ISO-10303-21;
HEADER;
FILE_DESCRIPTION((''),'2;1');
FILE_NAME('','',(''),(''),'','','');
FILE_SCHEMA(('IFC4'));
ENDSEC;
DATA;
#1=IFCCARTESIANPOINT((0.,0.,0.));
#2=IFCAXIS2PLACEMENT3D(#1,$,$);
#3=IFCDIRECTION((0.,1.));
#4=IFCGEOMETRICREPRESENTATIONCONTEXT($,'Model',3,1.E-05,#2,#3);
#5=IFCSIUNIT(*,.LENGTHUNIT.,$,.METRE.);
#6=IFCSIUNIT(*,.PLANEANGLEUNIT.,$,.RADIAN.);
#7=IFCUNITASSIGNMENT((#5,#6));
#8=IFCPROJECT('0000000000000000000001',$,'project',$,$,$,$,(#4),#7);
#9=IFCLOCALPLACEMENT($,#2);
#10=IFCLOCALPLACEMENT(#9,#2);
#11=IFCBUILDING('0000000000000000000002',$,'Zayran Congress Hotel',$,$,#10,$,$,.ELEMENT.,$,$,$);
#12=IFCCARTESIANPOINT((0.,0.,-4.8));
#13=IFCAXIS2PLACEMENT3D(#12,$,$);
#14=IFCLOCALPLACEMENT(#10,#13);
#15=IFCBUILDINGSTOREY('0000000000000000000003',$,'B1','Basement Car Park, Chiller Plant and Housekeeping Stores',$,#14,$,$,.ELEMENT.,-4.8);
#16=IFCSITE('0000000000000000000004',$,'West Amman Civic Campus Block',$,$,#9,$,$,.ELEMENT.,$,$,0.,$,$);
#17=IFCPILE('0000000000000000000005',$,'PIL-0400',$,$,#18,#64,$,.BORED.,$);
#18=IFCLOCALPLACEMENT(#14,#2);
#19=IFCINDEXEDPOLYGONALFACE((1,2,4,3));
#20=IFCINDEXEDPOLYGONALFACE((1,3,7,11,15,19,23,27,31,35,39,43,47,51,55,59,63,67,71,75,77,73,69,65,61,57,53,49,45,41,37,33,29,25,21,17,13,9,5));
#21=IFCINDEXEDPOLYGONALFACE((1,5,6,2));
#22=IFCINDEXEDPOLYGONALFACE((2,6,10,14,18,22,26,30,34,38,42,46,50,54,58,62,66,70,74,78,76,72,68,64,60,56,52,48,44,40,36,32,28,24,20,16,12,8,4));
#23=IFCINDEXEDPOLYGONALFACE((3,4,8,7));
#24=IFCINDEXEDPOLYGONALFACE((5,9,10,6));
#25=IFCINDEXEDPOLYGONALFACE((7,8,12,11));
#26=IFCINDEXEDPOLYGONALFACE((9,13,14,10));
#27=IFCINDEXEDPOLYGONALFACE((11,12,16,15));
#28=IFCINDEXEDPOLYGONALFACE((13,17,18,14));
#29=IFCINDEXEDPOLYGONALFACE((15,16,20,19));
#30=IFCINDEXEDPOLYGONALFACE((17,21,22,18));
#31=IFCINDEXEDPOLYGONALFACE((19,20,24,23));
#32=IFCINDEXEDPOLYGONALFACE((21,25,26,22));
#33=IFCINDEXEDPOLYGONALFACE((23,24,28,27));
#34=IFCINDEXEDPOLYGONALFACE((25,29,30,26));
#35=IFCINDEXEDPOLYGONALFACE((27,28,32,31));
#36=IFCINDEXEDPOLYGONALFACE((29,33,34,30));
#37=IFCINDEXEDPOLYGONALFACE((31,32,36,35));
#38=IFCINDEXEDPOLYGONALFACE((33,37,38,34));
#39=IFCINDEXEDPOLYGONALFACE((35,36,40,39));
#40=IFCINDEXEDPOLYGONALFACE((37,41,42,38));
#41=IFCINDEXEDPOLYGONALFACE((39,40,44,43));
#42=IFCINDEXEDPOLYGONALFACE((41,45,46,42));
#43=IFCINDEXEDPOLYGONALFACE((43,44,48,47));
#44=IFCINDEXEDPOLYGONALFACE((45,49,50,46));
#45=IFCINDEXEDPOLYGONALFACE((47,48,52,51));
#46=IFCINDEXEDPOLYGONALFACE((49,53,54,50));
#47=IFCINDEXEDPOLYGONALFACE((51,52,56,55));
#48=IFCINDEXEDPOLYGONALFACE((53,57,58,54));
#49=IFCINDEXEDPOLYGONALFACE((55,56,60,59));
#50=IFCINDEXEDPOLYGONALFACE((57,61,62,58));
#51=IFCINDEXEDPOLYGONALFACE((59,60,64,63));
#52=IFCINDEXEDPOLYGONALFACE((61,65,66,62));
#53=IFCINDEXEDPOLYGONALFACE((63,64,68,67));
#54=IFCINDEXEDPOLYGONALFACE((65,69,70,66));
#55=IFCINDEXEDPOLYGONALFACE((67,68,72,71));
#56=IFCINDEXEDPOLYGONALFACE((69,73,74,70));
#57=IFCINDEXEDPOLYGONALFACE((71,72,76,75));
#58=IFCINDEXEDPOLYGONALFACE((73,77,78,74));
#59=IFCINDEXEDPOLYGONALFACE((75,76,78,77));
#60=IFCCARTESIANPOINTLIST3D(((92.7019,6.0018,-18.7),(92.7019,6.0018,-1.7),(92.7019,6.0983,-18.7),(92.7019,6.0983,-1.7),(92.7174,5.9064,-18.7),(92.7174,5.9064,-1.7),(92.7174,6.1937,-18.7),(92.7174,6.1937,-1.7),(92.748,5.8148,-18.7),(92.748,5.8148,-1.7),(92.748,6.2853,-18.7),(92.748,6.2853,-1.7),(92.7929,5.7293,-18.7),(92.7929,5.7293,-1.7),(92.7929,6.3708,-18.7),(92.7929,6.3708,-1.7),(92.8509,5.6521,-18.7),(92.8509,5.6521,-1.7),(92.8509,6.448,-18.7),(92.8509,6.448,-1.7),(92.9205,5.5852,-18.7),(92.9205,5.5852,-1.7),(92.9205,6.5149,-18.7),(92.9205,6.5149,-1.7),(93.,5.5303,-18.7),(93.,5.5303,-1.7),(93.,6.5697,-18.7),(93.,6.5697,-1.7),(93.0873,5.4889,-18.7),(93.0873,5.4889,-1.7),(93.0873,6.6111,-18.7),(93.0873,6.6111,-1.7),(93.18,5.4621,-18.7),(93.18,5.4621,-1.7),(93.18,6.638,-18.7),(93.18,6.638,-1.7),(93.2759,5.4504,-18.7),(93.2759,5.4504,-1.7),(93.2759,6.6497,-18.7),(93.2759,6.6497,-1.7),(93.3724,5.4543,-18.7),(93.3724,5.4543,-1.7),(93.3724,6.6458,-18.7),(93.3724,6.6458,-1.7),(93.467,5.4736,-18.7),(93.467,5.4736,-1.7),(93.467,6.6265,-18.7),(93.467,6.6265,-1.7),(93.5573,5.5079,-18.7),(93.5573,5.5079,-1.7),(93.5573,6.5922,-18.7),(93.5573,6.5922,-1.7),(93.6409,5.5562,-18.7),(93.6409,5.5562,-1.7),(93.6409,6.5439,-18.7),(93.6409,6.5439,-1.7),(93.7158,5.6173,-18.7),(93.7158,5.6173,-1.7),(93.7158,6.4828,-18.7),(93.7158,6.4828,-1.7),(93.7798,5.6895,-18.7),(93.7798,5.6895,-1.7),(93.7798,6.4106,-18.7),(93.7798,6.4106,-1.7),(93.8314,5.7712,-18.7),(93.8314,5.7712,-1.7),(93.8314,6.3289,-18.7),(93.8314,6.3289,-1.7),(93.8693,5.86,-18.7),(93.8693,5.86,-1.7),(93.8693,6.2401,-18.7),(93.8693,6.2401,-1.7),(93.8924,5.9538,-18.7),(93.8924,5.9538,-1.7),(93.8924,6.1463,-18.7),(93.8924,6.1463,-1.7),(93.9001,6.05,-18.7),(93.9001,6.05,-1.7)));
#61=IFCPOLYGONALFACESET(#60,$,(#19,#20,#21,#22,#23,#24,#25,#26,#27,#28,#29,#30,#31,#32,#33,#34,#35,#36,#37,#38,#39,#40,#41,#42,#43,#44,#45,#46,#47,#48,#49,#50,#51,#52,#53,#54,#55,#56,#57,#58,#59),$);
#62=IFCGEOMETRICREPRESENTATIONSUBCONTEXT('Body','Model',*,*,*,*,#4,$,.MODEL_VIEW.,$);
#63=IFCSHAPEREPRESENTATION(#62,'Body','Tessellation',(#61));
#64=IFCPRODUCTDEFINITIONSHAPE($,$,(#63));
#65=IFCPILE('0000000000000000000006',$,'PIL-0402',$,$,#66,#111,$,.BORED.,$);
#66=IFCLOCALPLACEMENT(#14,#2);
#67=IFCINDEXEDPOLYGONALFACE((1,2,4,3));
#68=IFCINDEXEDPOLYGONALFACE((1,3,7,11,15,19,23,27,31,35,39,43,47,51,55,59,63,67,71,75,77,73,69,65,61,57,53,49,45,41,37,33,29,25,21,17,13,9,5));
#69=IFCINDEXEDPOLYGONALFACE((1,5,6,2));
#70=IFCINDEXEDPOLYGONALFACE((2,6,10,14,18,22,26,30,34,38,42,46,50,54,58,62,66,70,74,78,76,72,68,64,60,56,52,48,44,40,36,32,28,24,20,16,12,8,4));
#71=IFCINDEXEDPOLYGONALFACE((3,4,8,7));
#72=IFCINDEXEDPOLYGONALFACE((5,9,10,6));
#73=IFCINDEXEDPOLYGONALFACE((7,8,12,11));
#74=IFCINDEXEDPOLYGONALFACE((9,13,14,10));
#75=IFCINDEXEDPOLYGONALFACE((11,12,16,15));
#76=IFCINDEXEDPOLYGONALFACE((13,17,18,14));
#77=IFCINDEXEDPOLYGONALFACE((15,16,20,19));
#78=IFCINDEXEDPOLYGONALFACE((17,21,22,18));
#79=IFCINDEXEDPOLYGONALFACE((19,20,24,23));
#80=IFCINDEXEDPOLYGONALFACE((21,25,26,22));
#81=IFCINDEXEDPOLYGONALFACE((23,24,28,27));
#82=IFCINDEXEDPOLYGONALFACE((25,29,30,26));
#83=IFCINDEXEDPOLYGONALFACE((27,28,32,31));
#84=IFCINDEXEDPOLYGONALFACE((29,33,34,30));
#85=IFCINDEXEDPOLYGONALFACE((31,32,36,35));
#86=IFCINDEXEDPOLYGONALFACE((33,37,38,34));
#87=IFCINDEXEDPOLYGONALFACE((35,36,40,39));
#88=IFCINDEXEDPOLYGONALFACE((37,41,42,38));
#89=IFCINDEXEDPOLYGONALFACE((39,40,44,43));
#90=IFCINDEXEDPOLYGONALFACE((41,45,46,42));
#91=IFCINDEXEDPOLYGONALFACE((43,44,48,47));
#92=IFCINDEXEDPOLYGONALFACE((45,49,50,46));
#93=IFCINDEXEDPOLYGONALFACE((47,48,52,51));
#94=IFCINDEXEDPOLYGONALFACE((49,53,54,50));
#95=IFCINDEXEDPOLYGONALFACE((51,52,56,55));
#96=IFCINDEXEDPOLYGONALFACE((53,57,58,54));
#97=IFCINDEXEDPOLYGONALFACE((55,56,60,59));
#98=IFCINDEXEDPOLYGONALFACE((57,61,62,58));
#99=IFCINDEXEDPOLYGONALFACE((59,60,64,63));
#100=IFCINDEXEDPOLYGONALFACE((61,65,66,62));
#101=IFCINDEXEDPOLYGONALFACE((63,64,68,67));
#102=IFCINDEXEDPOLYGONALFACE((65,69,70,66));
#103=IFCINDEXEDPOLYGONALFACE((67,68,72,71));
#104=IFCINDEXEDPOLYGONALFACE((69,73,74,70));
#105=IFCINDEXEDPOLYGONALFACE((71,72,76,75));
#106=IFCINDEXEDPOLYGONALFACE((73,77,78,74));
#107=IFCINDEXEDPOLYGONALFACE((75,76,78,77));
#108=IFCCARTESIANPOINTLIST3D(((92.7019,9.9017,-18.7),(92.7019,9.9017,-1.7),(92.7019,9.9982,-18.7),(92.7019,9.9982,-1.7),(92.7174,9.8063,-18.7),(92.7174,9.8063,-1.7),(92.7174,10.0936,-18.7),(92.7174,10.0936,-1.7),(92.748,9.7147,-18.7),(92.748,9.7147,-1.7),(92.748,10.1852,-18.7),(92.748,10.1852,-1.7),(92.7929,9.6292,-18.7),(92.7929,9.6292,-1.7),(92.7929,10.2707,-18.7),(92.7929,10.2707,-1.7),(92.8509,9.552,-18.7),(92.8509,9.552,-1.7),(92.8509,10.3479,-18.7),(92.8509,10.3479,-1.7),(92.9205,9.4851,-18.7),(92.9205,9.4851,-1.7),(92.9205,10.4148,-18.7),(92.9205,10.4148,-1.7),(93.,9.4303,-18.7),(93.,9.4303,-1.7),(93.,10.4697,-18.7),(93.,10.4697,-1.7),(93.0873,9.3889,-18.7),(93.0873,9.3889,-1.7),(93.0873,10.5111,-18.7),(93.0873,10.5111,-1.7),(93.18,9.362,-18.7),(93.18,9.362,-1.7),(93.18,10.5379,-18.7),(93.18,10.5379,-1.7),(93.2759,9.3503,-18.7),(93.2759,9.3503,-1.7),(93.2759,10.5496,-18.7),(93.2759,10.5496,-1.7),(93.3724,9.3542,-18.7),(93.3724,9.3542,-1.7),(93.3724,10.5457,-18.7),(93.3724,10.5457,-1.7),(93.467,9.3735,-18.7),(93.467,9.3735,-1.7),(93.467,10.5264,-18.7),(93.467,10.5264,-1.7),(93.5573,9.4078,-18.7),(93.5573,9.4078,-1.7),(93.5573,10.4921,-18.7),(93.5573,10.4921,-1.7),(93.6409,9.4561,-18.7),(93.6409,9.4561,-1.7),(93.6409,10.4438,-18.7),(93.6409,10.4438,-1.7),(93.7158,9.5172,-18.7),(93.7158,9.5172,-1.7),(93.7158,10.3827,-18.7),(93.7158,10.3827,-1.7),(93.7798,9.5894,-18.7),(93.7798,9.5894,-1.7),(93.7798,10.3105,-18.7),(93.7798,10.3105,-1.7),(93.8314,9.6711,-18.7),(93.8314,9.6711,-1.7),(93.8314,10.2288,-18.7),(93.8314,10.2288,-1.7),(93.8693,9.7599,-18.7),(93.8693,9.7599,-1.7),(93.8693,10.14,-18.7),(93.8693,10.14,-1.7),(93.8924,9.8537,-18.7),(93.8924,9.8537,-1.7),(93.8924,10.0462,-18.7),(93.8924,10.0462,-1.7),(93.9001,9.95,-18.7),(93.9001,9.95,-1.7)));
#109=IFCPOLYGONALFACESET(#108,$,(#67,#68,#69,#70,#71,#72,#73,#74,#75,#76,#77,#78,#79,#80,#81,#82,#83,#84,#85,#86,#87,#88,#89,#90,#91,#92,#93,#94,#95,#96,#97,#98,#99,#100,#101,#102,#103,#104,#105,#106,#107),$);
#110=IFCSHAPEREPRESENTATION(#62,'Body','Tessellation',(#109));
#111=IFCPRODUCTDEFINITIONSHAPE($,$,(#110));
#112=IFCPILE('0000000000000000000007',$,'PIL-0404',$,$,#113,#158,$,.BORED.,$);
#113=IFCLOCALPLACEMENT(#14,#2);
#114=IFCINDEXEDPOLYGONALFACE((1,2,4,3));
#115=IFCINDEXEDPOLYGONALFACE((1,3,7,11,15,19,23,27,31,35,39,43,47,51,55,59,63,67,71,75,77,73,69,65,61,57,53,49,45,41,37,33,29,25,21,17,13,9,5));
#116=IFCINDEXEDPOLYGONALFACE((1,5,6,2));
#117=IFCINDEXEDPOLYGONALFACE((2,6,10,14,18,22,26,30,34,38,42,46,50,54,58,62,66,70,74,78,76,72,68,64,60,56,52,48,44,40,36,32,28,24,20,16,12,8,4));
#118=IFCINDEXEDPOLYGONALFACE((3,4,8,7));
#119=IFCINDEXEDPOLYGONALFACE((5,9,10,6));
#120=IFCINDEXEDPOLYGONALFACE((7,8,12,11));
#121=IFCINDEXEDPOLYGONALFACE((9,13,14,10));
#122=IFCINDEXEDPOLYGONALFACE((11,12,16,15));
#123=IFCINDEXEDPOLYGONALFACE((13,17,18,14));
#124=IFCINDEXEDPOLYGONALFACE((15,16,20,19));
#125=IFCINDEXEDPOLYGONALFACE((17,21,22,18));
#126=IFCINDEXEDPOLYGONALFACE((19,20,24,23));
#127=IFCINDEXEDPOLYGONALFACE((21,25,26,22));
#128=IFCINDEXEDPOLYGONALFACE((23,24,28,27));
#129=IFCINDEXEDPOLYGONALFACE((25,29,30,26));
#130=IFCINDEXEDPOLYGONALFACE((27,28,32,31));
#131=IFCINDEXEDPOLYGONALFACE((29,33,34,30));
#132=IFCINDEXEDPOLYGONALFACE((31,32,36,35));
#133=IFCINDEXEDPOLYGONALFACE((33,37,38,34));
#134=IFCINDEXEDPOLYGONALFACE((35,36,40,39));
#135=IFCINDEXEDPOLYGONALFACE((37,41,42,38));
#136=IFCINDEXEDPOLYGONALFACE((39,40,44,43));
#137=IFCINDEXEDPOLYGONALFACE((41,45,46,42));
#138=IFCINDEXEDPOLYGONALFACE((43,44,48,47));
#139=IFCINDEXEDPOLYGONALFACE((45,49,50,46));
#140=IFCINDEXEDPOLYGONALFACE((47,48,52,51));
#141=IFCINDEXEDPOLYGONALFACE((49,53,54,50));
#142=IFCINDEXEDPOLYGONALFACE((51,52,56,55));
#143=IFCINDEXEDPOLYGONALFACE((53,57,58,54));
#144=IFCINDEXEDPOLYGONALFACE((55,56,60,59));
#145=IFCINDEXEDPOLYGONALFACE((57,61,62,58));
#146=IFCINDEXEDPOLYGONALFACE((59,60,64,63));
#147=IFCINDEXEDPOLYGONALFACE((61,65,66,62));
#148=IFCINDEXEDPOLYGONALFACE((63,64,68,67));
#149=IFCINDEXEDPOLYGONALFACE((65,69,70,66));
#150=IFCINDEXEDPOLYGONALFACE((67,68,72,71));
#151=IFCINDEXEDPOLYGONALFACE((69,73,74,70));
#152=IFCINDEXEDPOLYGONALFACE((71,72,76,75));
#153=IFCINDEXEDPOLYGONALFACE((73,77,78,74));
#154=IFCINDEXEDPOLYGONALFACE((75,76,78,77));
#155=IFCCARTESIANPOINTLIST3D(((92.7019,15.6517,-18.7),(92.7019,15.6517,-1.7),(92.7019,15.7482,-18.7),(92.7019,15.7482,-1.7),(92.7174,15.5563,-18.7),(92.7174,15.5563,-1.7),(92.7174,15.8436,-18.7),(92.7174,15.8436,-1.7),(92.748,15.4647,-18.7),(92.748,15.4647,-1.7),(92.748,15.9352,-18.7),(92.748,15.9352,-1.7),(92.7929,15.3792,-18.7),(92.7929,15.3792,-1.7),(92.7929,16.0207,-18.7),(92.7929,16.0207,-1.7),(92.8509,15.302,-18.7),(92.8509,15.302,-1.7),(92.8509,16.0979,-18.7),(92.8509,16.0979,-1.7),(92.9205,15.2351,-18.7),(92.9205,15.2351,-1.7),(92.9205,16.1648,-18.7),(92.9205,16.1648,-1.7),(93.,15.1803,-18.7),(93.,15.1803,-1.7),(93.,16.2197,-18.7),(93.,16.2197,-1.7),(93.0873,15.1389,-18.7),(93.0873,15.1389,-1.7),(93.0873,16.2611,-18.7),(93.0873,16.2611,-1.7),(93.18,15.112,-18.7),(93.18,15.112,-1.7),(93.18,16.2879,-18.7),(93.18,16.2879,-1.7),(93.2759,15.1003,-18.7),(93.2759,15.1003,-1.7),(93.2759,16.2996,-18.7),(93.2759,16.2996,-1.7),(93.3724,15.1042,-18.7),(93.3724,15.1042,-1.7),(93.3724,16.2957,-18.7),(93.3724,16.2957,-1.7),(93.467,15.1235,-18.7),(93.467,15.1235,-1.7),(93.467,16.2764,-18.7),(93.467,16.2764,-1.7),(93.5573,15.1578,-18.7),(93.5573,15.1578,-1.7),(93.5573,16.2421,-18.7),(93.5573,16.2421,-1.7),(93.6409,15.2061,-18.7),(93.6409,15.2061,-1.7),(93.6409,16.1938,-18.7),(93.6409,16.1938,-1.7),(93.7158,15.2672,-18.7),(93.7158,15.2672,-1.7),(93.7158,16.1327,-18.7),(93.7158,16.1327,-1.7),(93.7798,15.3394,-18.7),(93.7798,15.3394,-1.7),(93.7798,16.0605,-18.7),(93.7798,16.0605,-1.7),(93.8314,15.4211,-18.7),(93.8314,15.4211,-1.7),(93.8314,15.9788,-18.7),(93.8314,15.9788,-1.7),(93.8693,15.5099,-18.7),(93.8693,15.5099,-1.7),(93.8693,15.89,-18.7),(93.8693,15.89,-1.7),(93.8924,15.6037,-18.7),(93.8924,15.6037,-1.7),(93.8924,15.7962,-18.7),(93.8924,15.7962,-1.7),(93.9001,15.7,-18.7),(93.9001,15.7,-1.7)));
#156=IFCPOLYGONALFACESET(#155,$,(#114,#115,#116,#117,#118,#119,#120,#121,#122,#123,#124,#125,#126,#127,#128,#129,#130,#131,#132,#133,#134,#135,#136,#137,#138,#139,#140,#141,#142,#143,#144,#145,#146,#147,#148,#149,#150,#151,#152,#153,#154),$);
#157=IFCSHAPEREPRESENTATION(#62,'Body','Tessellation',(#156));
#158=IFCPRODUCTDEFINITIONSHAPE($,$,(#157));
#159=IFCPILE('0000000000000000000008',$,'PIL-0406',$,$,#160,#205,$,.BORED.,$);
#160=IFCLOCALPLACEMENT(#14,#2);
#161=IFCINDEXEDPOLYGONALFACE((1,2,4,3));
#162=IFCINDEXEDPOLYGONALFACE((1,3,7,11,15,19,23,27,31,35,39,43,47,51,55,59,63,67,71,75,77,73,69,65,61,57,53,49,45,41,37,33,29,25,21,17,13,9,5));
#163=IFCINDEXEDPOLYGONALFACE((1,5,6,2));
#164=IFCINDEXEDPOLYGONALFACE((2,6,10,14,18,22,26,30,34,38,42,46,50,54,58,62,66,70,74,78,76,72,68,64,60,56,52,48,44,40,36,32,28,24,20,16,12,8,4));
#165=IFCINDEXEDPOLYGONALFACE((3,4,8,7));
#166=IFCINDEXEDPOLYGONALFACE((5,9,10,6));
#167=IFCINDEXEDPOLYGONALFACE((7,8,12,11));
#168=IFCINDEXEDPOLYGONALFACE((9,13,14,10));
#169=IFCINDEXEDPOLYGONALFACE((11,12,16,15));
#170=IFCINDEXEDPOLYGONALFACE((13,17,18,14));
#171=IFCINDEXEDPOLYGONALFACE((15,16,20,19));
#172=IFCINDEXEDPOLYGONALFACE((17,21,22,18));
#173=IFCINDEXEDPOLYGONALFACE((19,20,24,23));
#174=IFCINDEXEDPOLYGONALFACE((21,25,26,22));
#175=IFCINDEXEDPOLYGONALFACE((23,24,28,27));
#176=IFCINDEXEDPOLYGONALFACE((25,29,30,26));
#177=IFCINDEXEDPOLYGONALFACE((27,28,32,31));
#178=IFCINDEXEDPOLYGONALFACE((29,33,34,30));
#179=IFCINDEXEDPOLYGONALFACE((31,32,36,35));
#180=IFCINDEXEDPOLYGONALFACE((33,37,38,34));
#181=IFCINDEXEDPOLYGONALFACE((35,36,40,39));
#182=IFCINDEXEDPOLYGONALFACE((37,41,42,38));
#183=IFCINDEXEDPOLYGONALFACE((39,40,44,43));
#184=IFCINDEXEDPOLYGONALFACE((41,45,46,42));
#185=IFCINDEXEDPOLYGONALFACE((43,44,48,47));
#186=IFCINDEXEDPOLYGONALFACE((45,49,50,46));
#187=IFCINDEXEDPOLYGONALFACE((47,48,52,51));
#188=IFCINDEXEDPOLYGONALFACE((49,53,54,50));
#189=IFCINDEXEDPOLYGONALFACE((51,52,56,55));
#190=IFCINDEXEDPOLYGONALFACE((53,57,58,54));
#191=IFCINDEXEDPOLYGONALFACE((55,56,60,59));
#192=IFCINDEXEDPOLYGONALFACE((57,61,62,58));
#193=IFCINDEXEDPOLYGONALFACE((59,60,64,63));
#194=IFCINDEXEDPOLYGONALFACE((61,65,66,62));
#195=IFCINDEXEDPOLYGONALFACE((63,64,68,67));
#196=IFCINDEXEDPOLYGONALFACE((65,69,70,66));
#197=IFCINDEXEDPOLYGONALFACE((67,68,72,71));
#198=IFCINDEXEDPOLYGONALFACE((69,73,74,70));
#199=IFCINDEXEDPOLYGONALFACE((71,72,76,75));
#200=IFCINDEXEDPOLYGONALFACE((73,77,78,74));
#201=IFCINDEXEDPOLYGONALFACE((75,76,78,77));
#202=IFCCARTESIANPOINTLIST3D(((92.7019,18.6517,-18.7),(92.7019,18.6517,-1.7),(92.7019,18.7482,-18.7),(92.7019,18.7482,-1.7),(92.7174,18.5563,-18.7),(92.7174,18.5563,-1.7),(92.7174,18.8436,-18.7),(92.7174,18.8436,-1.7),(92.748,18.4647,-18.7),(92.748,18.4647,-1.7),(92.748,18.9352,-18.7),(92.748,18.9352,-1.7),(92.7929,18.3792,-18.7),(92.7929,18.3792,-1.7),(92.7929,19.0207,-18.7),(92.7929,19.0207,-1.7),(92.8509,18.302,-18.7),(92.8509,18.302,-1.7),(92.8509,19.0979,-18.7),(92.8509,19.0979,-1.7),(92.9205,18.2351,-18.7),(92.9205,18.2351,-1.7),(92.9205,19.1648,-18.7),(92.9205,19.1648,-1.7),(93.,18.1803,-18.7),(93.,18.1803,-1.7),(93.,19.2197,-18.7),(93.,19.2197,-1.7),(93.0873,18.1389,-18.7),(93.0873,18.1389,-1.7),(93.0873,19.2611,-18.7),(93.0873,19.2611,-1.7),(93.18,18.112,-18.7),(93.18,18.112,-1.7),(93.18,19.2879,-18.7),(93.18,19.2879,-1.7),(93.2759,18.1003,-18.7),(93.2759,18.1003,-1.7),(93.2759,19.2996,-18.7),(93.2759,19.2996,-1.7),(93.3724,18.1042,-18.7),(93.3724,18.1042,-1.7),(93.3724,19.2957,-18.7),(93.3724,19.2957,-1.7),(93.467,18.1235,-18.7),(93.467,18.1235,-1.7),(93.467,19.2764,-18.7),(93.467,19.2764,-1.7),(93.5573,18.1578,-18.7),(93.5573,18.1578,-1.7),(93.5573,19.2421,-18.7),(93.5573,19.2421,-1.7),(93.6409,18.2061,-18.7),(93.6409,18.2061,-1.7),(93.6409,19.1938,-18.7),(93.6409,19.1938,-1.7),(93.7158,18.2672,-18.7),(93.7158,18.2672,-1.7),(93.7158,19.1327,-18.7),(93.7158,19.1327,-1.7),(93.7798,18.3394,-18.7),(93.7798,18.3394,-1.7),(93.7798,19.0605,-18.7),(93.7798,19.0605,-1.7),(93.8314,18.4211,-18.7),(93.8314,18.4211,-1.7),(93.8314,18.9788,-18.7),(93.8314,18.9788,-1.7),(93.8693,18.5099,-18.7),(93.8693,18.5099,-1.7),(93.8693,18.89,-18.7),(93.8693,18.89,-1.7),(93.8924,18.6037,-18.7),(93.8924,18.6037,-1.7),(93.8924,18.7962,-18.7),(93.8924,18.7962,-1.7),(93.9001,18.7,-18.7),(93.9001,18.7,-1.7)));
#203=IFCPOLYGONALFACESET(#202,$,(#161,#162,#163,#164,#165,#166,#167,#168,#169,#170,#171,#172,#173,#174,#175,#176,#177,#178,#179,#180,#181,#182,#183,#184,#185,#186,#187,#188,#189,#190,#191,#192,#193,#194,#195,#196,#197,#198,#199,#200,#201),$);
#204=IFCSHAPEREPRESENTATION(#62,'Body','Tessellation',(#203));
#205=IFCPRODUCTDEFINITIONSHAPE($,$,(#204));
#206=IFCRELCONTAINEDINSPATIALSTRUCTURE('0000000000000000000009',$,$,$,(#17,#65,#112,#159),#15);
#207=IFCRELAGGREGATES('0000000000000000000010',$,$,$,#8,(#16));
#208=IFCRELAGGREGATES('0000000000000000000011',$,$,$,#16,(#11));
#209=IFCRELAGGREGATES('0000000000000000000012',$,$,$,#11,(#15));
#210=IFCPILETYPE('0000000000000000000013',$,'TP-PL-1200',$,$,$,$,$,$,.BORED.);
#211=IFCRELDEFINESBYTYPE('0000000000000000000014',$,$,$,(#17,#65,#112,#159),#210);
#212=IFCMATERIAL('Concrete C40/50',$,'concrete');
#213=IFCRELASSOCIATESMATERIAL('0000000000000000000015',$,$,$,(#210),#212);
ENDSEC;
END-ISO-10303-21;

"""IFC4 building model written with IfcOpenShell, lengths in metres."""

from ifc_helpers import new_model, si_unit, direction, frame, origin, origin_2d, place, context, subcontext, project, spatial, circle, extrude, material, material_profile, profile_set, type_object, element, save


model = new_model("IFC4")

# Units and contexts
model_context = context("Model", 3, precision=1e-05, world=origin(), true_north=direction((0.0, 1.0)))
body_context = subcontext(model_context, "Body", "Model", "MODEL_VIEW")
ifc_project = project(units=[si_unit("LENGTHUNIT", "METRE"), si_unit("PLANEANGLEUNIT", "RADIAN")], contexts=[model_context])

# Site, building, storey
site_placement = place(None, origin())
site = spatial("IfcSite", under=ifc_project, at=site_placement, Name="West Amman Civic Campus Block", CompositionType="ELEMENT", RefElevation=0.0)
building_placement = place(site_placement, origin())
building = spatial("IfcBuilding", under=site, at=building_placement, Name="Zayran Congress Hotel", CompositionType="ELEMENT")
storey_placement = place(building_placement, frame((0.0, 0.0, -4.8)))
storey = spatial("IfcBuildingStorey", under=building, at=storey_placement, Name="B1", Description="Basement Car Park, Chiller Plant and Housekeeping Stores", CompositionType="ELEMENT", Elevation=-4.8)

# Piles
ifc_material_1 = material(Name="Concrete C40/50", Category="concrete")
ifc_material_profile_1 = material_profile(ifc_material_1, circle(Radius=0.6001, at=origin_2d()), Name="PILE D1200")
ifc_profile_set_1 = profile_set([ifc_material_profile_1], Name="Concrete C40/50")
pile_type_1 = type_object("IfcPileType", Name="TP-PL-1200", PredefinedType="BORED", material=ifc_profile_set_1)
for number, where, z_axis, x_axis, name in (
    (1, (93.3, 6.05, -1.7), (0.0, 0.0, -1.0), (1.0, 0.0, 0.0), "PIL-0400"),
    (2, (93.3, 9.95, -1.7), (0.0, 0.0, -1.0), (1.0, 0.0, 0.0), "PIL-0402"),
    (3, (93.3, 15.7, -1.7), (0.0, 0.0, -1.0), (1.0, 0.0, 0.0), "PIL-0404"),
    (4, (93.3, 18.7, -1.7), (0.0, 0.0, -1.0), (1.0, 0.0, 0.0), "PIL-0406"),
):
    element("IfcPile", number, at=place(storey_placement, frame(where, z_axis=z_axis, x_axis=x_axis)), inside=storey, type_object=pile_type_1, Name=name, PredefinedType="BORED", context=body_context, shape_type="SweptSolid", body=[
        extrude(circle(Radius=0.6001, at=origin_2d()), origin(), (0.0, 0.0, 1.0), 17.0),
    ])

save(model, "model.ifc")
